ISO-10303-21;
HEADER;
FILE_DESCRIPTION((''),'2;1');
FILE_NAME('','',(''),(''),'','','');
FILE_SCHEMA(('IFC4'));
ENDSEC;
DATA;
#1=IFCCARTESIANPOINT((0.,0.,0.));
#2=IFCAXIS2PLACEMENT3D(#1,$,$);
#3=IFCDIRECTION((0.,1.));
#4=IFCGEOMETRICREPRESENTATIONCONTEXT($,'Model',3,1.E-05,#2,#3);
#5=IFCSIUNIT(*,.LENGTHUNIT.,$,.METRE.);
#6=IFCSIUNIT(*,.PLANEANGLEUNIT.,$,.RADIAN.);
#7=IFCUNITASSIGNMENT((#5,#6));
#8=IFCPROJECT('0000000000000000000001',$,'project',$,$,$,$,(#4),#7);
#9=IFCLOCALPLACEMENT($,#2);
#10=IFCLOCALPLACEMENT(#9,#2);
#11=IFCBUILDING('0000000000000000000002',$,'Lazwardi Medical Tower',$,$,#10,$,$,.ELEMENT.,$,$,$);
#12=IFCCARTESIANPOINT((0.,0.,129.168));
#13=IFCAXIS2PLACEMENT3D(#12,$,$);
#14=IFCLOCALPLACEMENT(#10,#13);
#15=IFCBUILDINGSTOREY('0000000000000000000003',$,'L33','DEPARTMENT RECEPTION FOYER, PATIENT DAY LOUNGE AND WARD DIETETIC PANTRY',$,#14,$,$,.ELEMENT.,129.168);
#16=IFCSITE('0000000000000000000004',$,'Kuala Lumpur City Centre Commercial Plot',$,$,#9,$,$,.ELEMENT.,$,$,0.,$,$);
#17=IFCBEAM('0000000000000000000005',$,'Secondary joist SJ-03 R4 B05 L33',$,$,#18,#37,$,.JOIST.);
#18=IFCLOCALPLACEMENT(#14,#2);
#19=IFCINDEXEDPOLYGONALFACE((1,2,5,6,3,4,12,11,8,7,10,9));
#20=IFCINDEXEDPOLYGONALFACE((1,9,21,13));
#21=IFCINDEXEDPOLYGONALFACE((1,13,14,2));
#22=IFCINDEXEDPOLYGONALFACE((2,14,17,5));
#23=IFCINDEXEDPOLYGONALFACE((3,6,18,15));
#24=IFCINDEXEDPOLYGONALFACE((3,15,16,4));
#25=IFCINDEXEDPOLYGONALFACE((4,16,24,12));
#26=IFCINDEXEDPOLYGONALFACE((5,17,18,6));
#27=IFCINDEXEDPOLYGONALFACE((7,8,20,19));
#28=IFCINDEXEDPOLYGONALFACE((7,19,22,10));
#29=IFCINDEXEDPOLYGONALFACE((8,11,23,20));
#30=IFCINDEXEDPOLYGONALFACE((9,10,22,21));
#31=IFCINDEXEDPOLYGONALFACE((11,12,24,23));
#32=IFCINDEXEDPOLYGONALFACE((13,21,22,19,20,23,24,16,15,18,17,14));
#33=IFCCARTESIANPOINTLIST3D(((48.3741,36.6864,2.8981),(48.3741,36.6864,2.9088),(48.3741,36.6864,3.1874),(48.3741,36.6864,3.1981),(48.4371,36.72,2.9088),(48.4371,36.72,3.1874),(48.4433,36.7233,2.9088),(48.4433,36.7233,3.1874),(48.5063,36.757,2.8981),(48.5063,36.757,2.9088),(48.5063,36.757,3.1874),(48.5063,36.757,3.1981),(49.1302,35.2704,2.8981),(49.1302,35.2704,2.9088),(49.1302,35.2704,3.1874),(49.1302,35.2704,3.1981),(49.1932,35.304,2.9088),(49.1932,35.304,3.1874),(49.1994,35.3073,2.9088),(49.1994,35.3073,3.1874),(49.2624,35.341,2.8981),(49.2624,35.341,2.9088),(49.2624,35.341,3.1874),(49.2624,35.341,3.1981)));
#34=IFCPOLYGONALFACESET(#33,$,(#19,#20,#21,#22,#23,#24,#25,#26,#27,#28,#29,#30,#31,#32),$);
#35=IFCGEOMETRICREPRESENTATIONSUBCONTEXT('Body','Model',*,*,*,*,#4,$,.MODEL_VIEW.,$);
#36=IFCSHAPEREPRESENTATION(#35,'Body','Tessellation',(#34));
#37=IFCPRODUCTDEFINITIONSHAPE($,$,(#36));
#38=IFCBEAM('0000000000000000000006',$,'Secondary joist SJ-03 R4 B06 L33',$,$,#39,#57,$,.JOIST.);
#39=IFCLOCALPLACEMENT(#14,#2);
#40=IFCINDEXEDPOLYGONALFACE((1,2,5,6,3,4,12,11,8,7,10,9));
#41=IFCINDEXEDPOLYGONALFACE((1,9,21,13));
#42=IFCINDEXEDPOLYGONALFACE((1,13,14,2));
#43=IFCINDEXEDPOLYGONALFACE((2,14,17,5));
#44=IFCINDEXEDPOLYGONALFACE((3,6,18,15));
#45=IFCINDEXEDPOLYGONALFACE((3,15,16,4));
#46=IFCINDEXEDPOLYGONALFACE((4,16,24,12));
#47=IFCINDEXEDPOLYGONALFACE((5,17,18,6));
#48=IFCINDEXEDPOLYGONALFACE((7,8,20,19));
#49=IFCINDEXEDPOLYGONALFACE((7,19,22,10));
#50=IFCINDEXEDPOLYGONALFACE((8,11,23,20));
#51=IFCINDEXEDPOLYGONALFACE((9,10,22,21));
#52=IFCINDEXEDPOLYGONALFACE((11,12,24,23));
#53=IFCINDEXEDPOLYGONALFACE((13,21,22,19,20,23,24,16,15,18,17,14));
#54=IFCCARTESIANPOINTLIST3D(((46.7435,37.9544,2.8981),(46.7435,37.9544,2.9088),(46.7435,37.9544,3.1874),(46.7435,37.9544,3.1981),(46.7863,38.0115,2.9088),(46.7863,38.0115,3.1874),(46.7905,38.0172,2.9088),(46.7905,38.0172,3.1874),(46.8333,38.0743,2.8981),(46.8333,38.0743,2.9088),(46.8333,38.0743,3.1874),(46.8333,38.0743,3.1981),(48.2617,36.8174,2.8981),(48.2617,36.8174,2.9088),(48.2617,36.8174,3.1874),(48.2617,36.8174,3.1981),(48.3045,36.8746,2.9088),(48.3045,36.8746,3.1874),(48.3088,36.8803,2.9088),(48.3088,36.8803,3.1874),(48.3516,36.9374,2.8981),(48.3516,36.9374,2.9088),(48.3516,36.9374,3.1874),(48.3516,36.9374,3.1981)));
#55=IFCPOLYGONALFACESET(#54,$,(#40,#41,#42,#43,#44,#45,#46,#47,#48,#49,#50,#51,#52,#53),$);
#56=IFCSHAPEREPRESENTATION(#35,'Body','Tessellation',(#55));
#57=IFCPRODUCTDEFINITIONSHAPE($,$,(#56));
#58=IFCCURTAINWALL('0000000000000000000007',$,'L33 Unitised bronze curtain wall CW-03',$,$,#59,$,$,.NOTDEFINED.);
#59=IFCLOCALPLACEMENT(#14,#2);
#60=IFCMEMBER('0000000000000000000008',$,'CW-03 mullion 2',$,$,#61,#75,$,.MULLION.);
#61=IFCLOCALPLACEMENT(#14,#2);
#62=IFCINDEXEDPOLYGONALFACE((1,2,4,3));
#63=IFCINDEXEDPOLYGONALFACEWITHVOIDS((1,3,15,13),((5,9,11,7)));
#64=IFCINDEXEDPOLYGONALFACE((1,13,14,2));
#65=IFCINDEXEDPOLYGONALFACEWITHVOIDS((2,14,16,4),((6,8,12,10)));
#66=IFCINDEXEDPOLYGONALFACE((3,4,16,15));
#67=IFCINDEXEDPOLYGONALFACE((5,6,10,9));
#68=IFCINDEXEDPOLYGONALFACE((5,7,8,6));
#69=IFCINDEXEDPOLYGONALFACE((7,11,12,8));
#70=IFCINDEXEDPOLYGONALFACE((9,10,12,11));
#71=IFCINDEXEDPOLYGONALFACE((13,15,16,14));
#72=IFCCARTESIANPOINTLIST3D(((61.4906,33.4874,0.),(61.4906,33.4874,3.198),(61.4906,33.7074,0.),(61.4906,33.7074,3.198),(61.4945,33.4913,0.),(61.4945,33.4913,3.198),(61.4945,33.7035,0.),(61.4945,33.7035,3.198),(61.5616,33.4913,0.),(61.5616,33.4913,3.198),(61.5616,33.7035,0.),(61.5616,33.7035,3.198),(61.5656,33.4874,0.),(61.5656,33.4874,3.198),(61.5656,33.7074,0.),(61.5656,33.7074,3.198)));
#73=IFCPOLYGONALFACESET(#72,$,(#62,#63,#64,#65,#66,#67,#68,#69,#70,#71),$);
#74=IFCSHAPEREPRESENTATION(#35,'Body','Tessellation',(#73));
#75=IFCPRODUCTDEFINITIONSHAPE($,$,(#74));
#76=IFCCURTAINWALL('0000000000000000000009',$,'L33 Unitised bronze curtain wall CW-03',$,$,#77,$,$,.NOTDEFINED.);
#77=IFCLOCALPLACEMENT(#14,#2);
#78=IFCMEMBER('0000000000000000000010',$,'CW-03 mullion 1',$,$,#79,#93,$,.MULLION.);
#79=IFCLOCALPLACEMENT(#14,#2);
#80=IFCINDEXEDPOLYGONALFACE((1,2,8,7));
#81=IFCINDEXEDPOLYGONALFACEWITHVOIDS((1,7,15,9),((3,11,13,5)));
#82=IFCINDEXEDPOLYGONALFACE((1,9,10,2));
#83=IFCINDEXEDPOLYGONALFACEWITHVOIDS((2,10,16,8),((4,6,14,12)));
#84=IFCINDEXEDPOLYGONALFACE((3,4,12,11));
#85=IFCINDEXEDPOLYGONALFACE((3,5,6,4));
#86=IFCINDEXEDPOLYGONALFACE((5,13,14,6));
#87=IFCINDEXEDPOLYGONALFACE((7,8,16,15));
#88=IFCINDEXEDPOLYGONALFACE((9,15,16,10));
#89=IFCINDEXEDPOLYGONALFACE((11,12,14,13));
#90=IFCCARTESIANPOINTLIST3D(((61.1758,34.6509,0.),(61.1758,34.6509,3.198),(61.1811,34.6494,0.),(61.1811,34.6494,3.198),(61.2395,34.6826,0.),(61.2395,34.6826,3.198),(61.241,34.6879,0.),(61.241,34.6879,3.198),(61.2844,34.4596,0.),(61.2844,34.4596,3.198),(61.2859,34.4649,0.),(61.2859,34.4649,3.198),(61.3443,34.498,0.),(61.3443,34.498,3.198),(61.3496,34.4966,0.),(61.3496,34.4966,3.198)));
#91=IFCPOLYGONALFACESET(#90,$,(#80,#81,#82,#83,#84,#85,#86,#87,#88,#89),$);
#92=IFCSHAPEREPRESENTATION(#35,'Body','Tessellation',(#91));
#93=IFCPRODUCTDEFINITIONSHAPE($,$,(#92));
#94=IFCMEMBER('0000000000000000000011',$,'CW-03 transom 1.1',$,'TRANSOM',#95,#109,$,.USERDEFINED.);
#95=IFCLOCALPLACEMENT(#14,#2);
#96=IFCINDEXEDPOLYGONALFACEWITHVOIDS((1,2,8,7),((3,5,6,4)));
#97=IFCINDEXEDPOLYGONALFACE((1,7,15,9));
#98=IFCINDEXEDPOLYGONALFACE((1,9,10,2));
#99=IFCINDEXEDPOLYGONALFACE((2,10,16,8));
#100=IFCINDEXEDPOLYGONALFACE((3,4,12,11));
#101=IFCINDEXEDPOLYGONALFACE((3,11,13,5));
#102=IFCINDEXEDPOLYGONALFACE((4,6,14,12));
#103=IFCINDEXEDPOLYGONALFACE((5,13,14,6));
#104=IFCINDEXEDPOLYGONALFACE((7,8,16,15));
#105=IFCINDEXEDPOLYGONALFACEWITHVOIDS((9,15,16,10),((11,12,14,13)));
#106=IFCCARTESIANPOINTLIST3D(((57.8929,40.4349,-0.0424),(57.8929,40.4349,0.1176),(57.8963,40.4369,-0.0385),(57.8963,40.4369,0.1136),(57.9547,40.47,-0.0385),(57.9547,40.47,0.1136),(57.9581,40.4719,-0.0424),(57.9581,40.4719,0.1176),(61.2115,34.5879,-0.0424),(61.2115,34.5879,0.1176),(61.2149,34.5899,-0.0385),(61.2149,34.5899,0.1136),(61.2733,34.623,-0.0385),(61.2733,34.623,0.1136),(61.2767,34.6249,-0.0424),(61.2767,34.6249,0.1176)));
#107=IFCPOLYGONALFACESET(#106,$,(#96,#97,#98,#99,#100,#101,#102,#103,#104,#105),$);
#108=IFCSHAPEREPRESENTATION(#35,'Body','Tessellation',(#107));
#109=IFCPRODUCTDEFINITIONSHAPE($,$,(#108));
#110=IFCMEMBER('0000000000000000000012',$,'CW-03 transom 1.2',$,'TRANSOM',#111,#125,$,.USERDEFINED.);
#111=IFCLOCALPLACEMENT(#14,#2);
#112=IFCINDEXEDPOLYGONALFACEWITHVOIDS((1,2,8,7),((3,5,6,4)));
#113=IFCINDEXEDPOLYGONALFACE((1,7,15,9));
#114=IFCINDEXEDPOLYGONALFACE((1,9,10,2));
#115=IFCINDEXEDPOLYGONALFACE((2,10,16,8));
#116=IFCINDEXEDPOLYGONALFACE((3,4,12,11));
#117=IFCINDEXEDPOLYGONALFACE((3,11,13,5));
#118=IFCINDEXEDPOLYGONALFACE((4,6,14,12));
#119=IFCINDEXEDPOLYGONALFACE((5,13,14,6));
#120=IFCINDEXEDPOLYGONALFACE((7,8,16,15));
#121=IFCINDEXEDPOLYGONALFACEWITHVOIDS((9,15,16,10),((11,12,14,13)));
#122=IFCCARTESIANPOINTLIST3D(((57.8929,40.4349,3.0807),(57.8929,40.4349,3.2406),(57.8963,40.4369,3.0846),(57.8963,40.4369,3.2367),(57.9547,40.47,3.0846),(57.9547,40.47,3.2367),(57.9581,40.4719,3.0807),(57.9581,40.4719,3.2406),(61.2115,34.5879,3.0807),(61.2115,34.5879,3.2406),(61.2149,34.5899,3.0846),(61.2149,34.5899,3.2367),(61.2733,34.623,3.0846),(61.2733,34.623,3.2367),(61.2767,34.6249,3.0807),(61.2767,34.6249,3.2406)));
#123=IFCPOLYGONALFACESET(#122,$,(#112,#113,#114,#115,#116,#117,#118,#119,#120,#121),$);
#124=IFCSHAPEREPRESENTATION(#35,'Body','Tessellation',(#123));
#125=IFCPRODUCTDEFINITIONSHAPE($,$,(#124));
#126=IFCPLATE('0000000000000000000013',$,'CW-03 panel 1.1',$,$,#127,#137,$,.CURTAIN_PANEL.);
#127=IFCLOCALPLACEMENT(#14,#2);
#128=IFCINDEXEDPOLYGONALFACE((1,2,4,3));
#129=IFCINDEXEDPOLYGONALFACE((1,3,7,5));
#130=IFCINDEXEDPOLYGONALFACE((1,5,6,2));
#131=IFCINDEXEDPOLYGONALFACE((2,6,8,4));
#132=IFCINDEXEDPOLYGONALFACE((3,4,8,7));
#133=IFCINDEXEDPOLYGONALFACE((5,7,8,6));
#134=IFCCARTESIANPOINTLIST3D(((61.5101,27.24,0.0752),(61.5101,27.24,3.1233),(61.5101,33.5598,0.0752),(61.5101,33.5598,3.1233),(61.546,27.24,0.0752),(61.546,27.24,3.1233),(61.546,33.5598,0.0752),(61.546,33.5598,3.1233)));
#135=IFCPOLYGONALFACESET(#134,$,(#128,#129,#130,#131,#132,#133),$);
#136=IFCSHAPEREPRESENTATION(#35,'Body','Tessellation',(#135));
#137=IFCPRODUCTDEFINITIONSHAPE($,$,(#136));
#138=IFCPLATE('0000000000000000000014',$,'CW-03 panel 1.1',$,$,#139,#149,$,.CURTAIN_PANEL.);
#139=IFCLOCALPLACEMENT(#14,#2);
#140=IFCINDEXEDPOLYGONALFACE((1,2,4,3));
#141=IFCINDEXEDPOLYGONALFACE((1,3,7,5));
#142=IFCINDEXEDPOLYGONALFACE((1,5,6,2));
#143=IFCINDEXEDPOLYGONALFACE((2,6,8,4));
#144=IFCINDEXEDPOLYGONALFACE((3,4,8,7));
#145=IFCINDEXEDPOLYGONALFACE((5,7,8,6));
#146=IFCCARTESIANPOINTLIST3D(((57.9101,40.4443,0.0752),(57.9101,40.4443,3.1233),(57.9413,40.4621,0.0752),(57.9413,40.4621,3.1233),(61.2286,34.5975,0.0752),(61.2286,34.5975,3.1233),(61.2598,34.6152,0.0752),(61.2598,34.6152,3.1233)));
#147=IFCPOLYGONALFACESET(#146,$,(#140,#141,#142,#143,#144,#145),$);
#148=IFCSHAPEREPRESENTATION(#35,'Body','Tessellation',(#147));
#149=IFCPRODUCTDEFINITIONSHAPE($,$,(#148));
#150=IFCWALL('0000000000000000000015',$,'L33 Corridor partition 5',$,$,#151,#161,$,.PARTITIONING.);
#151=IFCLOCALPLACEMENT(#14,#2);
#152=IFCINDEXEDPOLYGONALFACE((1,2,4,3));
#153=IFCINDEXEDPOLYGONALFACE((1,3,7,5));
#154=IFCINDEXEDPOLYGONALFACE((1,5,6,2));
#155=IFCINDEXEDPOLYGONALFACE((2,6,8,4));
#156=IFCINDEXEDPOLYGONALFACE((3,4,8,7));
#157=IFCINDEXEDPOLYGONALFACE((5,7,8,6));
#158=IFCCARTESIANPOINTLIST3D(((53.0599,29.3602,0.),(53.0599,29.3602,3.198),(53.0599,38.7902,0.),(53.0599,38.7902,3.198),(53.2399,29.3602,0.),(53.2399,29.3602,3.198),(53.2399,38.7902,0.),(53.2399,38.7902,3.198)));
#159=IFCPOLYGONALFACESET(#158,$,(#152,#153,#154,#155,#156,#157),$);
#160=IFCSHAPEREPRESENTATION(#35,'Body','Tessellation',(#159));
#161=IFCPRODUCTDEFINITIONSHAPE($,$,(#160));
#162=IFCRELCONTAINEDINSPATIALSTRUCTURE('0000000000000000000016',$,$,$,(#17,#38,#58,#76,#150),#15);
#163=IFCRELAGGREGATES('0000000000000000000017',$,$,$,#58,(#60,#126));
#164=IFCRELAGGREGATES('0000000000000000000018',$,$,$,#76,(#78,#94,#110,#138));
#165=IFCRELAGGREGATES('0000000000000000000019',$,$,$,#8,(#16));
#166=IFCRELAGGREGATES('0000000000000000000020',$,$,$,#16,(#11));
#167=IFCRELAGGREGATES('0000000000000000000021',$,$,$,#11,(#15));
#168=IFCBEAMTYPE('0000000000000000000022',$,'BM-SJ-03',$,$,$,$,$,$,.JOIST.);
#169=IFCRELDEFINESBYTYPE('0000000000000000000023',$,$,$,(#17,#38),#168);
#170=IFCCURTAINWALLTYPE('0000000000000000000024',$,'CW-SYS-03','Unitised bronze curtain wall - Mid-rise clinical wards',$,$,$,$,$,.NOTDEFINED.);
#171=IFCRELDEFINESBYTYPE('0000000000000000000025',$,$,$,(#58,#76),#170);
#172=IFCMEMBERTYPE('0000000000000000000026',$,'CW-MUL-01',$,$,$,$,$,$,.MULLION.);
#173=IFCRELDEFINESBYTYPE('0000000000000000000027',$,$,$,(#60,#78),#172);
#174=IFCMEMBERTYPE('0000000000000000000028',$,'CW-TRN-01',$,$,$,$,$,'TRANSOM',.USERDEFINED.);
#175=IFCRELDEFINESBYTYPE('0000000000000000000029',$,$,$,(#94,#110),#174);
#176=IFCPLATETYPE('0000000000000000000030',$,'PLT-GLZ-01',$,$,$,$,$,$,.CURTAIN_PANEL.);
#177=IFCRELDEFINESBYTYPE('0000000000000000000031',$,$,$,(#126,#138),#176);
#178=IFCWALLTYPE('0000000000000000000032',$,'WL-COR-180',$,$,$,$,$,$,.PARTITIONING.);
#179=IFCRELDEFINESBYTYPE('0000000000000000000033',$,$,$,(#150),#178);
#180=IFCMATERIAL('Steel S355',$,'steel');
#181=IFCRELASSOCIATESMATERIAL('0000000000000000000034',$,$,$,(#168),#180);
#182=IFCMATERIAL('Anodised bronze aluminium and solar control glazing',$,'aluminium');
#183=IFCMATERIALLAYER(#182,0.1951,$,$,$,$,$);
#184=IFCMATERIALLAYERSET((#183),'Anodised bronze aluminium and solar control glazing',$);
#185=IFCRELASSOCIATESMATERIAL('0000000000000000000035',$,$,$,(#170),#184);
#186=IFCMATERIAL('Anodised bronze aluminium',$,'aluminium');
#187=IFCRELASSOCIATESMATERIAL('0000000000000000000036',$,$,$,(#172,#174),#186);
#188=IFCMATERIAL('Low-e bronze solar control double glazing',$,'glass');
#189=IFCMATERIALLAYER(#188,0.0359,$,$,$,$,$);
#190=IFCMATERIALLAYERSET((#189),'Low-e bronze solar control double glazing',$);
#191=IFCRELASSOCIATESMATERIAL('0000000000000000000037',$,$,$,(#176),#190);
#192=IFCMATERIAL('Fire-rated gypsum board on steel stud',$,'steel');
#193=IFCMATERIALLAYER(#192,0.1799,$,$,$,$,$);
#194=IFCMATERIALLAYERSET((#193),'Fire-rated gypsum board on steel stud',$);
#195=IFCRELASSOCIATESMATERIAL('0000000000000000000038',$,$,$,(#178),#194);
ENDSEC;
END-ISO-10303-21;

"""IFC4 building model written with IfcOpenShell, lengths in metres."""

from ifc_helpers import new_model, si_unit, direction, frame, frame_2d, origin, origin_2d, place, context, subcontext, project, spatial, rectangle, hollow_rectangle, i_section, extrude, material, layer, layer_set, material_profile, profile_set, type_object, element, aggregate, save


model = new_model("IFC4")

# Units and contexts
model_context = context("Model", 3, precision=1e-05, world=origin(), true_north=direction((0.0, 1.0)))
body_context = subcontext(model_context, "Body", "Model", "MODEL_VIEW")
ifc_project = project(units=[si_unit("LENGTHUNIT", "METRE"), si_unit("PLANEANGLEUNIT", "RADIAN")], contexts=[model_context])

# Site, building, storey
site_placement = place(None, origin())
site = spatial("IfcSite", under=ifc_project, at=site_placement, Name="Kuala Lumpur City Centre Commercial Plot", CompositionType="ELEMENT", RefElevation=0.0)
building_placement = place(site_placement, origin())
building = spatial("IfcBuilding", under=site, at=building_placement, Name="Lazwardi Medical Tower", CompositionType="ELEMENT")
storey_placement = place(building_placement, frame((0.0, 0.0, 129.168)))
storey = spatial("IfcBuildingStorey", under=building, at=storey_placement, Name="L33", Description="DEPARTMENT RECEPTION FOYER, PATIENT DAY LOUNGE AND WARD DIETETIC PANTRY", CompositionType="ELEMENT", Elevation=129.168)

# Beams
ifc_material_1 = material(Name="Steel S355", Category="steel")
ifc_material_profile_1 = material_profile(ifc_material_1, i_section(OverallWidth=0.1499, OverallDepth=0.3, WebThickness=0.0071, FlangeThickness=0.0107, at=origin_2d()), Name="IPE 300")
ifc_profile_set_1 = profile_set([ifc_material_profile_1], Name="Steel S355")
beam_type_1 = type_object("IfcBeamType", Name="BM-SJ-03", PredefinedType="JOIST", material=ifc_profile_set_1)
beam_1_placement = place(storey_placement, frame((49.1963, 35.3057, 3.0481), z_axis=(-0.471022, 0.882121, 0.0), x_axis=(-0.882121, -0.471022, 0.0)))
element("IfcBeam", 1, at=beam_1_placement, inside=storey, type_object=beam_type_1, Name="Secondary joist SJ-03 R4 B05 L33", PredefinedType="JOIST", context=body_context, shape_type="SweptSolid", body=[
    extrude(i_section(OverallWidth=0.1499, OverallDepth=0.3, WebThickness=0.0071, FlangeThickness=0.0107, at=origin_2d()), origin(), (0.0, 0.0, 1.0), 1.6052),
])
beam_2_placement = place(storey_placement, frame((48.3066, 36.8774, 3.0481), z_axis=(-0.800448, 0.599403, 0.0), x_axis=(-0.599403, -0.800448, 0.0)))
element("IfcBeam", 2, at=beam_2_placement, inside=storey, type_object=beam_type_1, Name="Secondary joist SJ-03 R4 B06 L33", PredefinedType="JOIST", context=body_context, shape_type="SweptSolid", body=[
    extrude(i_section(OverallWidth=0.1499, OverallDepth=0.3, WebThickness=0.0071, FlangeThickness=0.0107, at=origin_2d()), origin(), (0.0, 0.0, 1.0), 1.8967),
])

# Curtain wall, member
ifc_material_2 = material(Name="Anodised bronze aluminium and solar control glazing", Category="aluminium")
ifc_layer_1 = layer(ifc_material_2, 0.1951)
ifc_layer_set_1 = layer_set([ifc_layer_1], Name="Anodised bronze aluminium and solar control glazing")
curtain_wall_type = type_object("IfcCurtainWallType", Name="CW-SYS-03", Description="Unitised bronze curtain wall - Mid-rise clinical wards", PredefinedType="NOTDEFINED", material=ifc_layer_set_1)
curtain_wall_1_placement = place(storey_placement, origin())
curtain_wall_1 = element("IfcCurtainWall", 3, at=curtain_wall_1_placement, inside=storey, type_object=curtain_wall_type, Name="L33 Unitised bronze curtain wall CW-03", PredefinedType="NOTDEFINED")
ifc_material_3 = material(Name="Anodised bronze aluminium", Category="aluminium")
ifc_material_profile_2 = material_profile(ifc_material_3, hollow_rectangle(XDim=0.075, YDim=0.22, WallThickness=0.0039, at=origin_2d()), Name="ALU-MULLION 220x75x4")
ifc_profile_set_2 = profile_set([ifc_material_profile_2], Name="Anodised bronze aluminium")
member_type_1 = type_object("IfcMemberType", Name="CW-MUL-01", PredefinedType="MULLION", material=ifc_profile_set_2)
member_1_placement = place(storey_placement, frame((61.5281, 33.5974, 0.0), z_axis=(0.0, 0.0, 1.0), x_axis=(-1.0, 0.0, 0.0)))
member_1 = element("IfcMember", 4, at=member_1_placement, type_object=member_type_1, Name="CW-03 mullion 2", PredefinedType="MULLION", context=body_context, shape_type="SweptSolid", body=[
    extrude(hollow_rectangle(XDim=0.075, YDim=0.22, WallThickness=0.0039, at=origin_2d()), origin(), (0.0, 0.0, 1.0), 3.198),
])

# Curtain wall, members
curtain_wall_2_placement = place(storey_placement, origin())
curtain_wall_2 = element("IfcCurtainWall", 5, at=curtain_wall_2_placement, inside=storey, type_object=curtain_wall_type, Name="L33 Unitised bronze curtain wall CW-03", PredefinedType="NOTDEFINED")
member_2_placement = place(storey_placement, frame((61.2627, 34.5737, 0.0), z_axis=(0.0, 0.0, 1.0), x_axis=(-0.869687, -0.493603, 0.0)))
member_2 = element("IfcMember", 6, at=member_2_placement, type_object=member_type_1, Name="CW-03 mullion 1", PredefinedType="MULLION", context=body_context, shape_type="SweptSolid", body=[
    extrude(hollow_rectangle(XDim=0.075, YDim=0.22, WallThickness=0.0039, at=origin_2d()), origin(), (0.0, 0.0, 1.0), 3.198),
])
ifc_material_profile_3 = material_profile(ifc_material_3, hollow_rectangle(XDim=0.075, YDim=0.1599, WallThickness=0.0039, at=origin_2d()), Name="ALU-TRANSOM 160x75x4")
ifc_profile_set_3 = profile_set([ifc_material_profile_3], Name="Anodised bronze aluminium")
member_type_2 = type_object("IfcMemberType", Name="CW-TRN-01", ElementType="TRANSOM", PredefinedType="USERDEFINED", material=ifc_profile_set_3)
member_3_placement = place(storey_placement, frame((61.2441, 34.6064, 0.0376), z_axis=(-0.493614, 0.869681, 0.0), x_axis=(-0.869681, -0.493614, 0.0)))
member_3 = element("IfcMember", 7, at=member_3_placement, type_object=member_type_2, Name="CW-03 transom 1.1", ObjectType="TRANSOM", PredefinedType="USERDEFINED", context=body_context, shape_type="SweptSolid", body=[
    extrude(hollow_rectangle(XDim=0.075, YDim=0.1599, WallThickness=0.0039, at=origin_2d()), origin(), (0.0, 0.0, 1.0), 6.7231),
])
member_4_placement = place(storey_placement, frame((61.2441, 34.6064, 3.1606), z_axis=(-0.493614, 0.869681, 0.0), x_axis=(-0.869681, -0.493614, 0.0)))
member_4 = element("IfcMember", 8, at=member_4_placement, type_object=member_type_2, Name="CW-03 transom 1.2", ObjectType="TRANSOM", PredefinedType="USERDEFINED", context=body_context, shape_type="SweptSolid", body=[
    extrude(hollow_rectangle(XDim=0.075, YDim=0.1599, WallThickness=0.0039, at=origin_2d()), origin(), (0.0, 0.0, 1.0), 6.7231),
])

# Plates
ifc_material_4 = material(Name="Low-e bronze solar control double glazing", Category="glass")
ifc_layer_2 = layer(ifc_material_4, 0.0359)
ifc_layer_set_2 = layer_set([ifc_layer_2], Name="Low-e bronze solar control double glazing")
plate_type = type_object("IfcPlateType", Name="PLT-GLZ-01", PredefinedType="CURTAIN_PANEL", material=ifc_layer_set_2)
plate_1_placement = place(storey_placement, frame((61.5281, 30.3999, 0.0752), z_axis=(0.0, 0.0, 1.0), x_axis=(0.0, 1.0, 0.0)))
plate_1 = element("IfcPlate", 9, at=plate_1_placement, type_object=plate_type, Name="CW-03 panel 1.1", PredefinedType="CURTAIN_PANEL", context=body_context, shape_type="SweptSolid", body=[
    extrude(rectangle(XDim=6.3198, YDim=0.0359, at=origin_2d()), origin(), (0.0, 0.0, 1.0), 3.0481),
])
aggregate(curtain_wall_1, [member_1, plate_1])
plate_2_placement = place(storey_placement, frame((59.585, 37.5298, 0.0752), z_axis=(0.0, 0.0, 1.0), x_axis=(-0.493603, 0.869687, 0.0)))
plate_2 = element("IfcPlate", 10, at=plate_2_placement, type_object=plate_type, Name="CW-03 panel 1.1", PredefinedType="CURTAIN_PANEL", context=body_context, shape_type="SweptSolid", body=[
    extrude(rectangle(XDim=6.7229, YDim=0.0359, at=origin_2d()), origin(), (0.0, 0.0, 1.0), 3.0481),
])
aggregate(curtain_wall_2, [member_2, member_3, member_4, plate_2])

# Wall
ifc_material_5 = material(Name="Fire-rated gypsum board on steel stud", Category="steel")
ifc_layer_3 = layer(ifc_material_5, 0.1799)
ifc_layer_set_3 = layer_set([ifc_layer_3], Name="Fire-rated gypsum board on steel stud")
wall_type_1 = type_object("IfcWallType", Name="WL-COR-180", PredefinedType="PARTITIONING", material=ifc_layer_set_3)
wall_1_placement = place(storey_placement, frame((53.1499, 38.79, 0.0), z_axis=(0.0, 0.0, 1.0), x_axis=(0.0, -1.0, 0.0)))
element("IfcWall", 11, at=wall_1_placement, inside=storey, type_object=wall_type_1, Name="L33 Corridor partition 5", PredefinedType="PARTITIONING", context=body_context, shape_type="SweptSolid", body=[
    extrude(rectangle(XDim=9.4299, YDim=0.1799, at=frame_2d((4.7148, 0.0))), origin(), (0.0, 0.0, 1.0), 3.198),
])

save(model, "model.ifc")
